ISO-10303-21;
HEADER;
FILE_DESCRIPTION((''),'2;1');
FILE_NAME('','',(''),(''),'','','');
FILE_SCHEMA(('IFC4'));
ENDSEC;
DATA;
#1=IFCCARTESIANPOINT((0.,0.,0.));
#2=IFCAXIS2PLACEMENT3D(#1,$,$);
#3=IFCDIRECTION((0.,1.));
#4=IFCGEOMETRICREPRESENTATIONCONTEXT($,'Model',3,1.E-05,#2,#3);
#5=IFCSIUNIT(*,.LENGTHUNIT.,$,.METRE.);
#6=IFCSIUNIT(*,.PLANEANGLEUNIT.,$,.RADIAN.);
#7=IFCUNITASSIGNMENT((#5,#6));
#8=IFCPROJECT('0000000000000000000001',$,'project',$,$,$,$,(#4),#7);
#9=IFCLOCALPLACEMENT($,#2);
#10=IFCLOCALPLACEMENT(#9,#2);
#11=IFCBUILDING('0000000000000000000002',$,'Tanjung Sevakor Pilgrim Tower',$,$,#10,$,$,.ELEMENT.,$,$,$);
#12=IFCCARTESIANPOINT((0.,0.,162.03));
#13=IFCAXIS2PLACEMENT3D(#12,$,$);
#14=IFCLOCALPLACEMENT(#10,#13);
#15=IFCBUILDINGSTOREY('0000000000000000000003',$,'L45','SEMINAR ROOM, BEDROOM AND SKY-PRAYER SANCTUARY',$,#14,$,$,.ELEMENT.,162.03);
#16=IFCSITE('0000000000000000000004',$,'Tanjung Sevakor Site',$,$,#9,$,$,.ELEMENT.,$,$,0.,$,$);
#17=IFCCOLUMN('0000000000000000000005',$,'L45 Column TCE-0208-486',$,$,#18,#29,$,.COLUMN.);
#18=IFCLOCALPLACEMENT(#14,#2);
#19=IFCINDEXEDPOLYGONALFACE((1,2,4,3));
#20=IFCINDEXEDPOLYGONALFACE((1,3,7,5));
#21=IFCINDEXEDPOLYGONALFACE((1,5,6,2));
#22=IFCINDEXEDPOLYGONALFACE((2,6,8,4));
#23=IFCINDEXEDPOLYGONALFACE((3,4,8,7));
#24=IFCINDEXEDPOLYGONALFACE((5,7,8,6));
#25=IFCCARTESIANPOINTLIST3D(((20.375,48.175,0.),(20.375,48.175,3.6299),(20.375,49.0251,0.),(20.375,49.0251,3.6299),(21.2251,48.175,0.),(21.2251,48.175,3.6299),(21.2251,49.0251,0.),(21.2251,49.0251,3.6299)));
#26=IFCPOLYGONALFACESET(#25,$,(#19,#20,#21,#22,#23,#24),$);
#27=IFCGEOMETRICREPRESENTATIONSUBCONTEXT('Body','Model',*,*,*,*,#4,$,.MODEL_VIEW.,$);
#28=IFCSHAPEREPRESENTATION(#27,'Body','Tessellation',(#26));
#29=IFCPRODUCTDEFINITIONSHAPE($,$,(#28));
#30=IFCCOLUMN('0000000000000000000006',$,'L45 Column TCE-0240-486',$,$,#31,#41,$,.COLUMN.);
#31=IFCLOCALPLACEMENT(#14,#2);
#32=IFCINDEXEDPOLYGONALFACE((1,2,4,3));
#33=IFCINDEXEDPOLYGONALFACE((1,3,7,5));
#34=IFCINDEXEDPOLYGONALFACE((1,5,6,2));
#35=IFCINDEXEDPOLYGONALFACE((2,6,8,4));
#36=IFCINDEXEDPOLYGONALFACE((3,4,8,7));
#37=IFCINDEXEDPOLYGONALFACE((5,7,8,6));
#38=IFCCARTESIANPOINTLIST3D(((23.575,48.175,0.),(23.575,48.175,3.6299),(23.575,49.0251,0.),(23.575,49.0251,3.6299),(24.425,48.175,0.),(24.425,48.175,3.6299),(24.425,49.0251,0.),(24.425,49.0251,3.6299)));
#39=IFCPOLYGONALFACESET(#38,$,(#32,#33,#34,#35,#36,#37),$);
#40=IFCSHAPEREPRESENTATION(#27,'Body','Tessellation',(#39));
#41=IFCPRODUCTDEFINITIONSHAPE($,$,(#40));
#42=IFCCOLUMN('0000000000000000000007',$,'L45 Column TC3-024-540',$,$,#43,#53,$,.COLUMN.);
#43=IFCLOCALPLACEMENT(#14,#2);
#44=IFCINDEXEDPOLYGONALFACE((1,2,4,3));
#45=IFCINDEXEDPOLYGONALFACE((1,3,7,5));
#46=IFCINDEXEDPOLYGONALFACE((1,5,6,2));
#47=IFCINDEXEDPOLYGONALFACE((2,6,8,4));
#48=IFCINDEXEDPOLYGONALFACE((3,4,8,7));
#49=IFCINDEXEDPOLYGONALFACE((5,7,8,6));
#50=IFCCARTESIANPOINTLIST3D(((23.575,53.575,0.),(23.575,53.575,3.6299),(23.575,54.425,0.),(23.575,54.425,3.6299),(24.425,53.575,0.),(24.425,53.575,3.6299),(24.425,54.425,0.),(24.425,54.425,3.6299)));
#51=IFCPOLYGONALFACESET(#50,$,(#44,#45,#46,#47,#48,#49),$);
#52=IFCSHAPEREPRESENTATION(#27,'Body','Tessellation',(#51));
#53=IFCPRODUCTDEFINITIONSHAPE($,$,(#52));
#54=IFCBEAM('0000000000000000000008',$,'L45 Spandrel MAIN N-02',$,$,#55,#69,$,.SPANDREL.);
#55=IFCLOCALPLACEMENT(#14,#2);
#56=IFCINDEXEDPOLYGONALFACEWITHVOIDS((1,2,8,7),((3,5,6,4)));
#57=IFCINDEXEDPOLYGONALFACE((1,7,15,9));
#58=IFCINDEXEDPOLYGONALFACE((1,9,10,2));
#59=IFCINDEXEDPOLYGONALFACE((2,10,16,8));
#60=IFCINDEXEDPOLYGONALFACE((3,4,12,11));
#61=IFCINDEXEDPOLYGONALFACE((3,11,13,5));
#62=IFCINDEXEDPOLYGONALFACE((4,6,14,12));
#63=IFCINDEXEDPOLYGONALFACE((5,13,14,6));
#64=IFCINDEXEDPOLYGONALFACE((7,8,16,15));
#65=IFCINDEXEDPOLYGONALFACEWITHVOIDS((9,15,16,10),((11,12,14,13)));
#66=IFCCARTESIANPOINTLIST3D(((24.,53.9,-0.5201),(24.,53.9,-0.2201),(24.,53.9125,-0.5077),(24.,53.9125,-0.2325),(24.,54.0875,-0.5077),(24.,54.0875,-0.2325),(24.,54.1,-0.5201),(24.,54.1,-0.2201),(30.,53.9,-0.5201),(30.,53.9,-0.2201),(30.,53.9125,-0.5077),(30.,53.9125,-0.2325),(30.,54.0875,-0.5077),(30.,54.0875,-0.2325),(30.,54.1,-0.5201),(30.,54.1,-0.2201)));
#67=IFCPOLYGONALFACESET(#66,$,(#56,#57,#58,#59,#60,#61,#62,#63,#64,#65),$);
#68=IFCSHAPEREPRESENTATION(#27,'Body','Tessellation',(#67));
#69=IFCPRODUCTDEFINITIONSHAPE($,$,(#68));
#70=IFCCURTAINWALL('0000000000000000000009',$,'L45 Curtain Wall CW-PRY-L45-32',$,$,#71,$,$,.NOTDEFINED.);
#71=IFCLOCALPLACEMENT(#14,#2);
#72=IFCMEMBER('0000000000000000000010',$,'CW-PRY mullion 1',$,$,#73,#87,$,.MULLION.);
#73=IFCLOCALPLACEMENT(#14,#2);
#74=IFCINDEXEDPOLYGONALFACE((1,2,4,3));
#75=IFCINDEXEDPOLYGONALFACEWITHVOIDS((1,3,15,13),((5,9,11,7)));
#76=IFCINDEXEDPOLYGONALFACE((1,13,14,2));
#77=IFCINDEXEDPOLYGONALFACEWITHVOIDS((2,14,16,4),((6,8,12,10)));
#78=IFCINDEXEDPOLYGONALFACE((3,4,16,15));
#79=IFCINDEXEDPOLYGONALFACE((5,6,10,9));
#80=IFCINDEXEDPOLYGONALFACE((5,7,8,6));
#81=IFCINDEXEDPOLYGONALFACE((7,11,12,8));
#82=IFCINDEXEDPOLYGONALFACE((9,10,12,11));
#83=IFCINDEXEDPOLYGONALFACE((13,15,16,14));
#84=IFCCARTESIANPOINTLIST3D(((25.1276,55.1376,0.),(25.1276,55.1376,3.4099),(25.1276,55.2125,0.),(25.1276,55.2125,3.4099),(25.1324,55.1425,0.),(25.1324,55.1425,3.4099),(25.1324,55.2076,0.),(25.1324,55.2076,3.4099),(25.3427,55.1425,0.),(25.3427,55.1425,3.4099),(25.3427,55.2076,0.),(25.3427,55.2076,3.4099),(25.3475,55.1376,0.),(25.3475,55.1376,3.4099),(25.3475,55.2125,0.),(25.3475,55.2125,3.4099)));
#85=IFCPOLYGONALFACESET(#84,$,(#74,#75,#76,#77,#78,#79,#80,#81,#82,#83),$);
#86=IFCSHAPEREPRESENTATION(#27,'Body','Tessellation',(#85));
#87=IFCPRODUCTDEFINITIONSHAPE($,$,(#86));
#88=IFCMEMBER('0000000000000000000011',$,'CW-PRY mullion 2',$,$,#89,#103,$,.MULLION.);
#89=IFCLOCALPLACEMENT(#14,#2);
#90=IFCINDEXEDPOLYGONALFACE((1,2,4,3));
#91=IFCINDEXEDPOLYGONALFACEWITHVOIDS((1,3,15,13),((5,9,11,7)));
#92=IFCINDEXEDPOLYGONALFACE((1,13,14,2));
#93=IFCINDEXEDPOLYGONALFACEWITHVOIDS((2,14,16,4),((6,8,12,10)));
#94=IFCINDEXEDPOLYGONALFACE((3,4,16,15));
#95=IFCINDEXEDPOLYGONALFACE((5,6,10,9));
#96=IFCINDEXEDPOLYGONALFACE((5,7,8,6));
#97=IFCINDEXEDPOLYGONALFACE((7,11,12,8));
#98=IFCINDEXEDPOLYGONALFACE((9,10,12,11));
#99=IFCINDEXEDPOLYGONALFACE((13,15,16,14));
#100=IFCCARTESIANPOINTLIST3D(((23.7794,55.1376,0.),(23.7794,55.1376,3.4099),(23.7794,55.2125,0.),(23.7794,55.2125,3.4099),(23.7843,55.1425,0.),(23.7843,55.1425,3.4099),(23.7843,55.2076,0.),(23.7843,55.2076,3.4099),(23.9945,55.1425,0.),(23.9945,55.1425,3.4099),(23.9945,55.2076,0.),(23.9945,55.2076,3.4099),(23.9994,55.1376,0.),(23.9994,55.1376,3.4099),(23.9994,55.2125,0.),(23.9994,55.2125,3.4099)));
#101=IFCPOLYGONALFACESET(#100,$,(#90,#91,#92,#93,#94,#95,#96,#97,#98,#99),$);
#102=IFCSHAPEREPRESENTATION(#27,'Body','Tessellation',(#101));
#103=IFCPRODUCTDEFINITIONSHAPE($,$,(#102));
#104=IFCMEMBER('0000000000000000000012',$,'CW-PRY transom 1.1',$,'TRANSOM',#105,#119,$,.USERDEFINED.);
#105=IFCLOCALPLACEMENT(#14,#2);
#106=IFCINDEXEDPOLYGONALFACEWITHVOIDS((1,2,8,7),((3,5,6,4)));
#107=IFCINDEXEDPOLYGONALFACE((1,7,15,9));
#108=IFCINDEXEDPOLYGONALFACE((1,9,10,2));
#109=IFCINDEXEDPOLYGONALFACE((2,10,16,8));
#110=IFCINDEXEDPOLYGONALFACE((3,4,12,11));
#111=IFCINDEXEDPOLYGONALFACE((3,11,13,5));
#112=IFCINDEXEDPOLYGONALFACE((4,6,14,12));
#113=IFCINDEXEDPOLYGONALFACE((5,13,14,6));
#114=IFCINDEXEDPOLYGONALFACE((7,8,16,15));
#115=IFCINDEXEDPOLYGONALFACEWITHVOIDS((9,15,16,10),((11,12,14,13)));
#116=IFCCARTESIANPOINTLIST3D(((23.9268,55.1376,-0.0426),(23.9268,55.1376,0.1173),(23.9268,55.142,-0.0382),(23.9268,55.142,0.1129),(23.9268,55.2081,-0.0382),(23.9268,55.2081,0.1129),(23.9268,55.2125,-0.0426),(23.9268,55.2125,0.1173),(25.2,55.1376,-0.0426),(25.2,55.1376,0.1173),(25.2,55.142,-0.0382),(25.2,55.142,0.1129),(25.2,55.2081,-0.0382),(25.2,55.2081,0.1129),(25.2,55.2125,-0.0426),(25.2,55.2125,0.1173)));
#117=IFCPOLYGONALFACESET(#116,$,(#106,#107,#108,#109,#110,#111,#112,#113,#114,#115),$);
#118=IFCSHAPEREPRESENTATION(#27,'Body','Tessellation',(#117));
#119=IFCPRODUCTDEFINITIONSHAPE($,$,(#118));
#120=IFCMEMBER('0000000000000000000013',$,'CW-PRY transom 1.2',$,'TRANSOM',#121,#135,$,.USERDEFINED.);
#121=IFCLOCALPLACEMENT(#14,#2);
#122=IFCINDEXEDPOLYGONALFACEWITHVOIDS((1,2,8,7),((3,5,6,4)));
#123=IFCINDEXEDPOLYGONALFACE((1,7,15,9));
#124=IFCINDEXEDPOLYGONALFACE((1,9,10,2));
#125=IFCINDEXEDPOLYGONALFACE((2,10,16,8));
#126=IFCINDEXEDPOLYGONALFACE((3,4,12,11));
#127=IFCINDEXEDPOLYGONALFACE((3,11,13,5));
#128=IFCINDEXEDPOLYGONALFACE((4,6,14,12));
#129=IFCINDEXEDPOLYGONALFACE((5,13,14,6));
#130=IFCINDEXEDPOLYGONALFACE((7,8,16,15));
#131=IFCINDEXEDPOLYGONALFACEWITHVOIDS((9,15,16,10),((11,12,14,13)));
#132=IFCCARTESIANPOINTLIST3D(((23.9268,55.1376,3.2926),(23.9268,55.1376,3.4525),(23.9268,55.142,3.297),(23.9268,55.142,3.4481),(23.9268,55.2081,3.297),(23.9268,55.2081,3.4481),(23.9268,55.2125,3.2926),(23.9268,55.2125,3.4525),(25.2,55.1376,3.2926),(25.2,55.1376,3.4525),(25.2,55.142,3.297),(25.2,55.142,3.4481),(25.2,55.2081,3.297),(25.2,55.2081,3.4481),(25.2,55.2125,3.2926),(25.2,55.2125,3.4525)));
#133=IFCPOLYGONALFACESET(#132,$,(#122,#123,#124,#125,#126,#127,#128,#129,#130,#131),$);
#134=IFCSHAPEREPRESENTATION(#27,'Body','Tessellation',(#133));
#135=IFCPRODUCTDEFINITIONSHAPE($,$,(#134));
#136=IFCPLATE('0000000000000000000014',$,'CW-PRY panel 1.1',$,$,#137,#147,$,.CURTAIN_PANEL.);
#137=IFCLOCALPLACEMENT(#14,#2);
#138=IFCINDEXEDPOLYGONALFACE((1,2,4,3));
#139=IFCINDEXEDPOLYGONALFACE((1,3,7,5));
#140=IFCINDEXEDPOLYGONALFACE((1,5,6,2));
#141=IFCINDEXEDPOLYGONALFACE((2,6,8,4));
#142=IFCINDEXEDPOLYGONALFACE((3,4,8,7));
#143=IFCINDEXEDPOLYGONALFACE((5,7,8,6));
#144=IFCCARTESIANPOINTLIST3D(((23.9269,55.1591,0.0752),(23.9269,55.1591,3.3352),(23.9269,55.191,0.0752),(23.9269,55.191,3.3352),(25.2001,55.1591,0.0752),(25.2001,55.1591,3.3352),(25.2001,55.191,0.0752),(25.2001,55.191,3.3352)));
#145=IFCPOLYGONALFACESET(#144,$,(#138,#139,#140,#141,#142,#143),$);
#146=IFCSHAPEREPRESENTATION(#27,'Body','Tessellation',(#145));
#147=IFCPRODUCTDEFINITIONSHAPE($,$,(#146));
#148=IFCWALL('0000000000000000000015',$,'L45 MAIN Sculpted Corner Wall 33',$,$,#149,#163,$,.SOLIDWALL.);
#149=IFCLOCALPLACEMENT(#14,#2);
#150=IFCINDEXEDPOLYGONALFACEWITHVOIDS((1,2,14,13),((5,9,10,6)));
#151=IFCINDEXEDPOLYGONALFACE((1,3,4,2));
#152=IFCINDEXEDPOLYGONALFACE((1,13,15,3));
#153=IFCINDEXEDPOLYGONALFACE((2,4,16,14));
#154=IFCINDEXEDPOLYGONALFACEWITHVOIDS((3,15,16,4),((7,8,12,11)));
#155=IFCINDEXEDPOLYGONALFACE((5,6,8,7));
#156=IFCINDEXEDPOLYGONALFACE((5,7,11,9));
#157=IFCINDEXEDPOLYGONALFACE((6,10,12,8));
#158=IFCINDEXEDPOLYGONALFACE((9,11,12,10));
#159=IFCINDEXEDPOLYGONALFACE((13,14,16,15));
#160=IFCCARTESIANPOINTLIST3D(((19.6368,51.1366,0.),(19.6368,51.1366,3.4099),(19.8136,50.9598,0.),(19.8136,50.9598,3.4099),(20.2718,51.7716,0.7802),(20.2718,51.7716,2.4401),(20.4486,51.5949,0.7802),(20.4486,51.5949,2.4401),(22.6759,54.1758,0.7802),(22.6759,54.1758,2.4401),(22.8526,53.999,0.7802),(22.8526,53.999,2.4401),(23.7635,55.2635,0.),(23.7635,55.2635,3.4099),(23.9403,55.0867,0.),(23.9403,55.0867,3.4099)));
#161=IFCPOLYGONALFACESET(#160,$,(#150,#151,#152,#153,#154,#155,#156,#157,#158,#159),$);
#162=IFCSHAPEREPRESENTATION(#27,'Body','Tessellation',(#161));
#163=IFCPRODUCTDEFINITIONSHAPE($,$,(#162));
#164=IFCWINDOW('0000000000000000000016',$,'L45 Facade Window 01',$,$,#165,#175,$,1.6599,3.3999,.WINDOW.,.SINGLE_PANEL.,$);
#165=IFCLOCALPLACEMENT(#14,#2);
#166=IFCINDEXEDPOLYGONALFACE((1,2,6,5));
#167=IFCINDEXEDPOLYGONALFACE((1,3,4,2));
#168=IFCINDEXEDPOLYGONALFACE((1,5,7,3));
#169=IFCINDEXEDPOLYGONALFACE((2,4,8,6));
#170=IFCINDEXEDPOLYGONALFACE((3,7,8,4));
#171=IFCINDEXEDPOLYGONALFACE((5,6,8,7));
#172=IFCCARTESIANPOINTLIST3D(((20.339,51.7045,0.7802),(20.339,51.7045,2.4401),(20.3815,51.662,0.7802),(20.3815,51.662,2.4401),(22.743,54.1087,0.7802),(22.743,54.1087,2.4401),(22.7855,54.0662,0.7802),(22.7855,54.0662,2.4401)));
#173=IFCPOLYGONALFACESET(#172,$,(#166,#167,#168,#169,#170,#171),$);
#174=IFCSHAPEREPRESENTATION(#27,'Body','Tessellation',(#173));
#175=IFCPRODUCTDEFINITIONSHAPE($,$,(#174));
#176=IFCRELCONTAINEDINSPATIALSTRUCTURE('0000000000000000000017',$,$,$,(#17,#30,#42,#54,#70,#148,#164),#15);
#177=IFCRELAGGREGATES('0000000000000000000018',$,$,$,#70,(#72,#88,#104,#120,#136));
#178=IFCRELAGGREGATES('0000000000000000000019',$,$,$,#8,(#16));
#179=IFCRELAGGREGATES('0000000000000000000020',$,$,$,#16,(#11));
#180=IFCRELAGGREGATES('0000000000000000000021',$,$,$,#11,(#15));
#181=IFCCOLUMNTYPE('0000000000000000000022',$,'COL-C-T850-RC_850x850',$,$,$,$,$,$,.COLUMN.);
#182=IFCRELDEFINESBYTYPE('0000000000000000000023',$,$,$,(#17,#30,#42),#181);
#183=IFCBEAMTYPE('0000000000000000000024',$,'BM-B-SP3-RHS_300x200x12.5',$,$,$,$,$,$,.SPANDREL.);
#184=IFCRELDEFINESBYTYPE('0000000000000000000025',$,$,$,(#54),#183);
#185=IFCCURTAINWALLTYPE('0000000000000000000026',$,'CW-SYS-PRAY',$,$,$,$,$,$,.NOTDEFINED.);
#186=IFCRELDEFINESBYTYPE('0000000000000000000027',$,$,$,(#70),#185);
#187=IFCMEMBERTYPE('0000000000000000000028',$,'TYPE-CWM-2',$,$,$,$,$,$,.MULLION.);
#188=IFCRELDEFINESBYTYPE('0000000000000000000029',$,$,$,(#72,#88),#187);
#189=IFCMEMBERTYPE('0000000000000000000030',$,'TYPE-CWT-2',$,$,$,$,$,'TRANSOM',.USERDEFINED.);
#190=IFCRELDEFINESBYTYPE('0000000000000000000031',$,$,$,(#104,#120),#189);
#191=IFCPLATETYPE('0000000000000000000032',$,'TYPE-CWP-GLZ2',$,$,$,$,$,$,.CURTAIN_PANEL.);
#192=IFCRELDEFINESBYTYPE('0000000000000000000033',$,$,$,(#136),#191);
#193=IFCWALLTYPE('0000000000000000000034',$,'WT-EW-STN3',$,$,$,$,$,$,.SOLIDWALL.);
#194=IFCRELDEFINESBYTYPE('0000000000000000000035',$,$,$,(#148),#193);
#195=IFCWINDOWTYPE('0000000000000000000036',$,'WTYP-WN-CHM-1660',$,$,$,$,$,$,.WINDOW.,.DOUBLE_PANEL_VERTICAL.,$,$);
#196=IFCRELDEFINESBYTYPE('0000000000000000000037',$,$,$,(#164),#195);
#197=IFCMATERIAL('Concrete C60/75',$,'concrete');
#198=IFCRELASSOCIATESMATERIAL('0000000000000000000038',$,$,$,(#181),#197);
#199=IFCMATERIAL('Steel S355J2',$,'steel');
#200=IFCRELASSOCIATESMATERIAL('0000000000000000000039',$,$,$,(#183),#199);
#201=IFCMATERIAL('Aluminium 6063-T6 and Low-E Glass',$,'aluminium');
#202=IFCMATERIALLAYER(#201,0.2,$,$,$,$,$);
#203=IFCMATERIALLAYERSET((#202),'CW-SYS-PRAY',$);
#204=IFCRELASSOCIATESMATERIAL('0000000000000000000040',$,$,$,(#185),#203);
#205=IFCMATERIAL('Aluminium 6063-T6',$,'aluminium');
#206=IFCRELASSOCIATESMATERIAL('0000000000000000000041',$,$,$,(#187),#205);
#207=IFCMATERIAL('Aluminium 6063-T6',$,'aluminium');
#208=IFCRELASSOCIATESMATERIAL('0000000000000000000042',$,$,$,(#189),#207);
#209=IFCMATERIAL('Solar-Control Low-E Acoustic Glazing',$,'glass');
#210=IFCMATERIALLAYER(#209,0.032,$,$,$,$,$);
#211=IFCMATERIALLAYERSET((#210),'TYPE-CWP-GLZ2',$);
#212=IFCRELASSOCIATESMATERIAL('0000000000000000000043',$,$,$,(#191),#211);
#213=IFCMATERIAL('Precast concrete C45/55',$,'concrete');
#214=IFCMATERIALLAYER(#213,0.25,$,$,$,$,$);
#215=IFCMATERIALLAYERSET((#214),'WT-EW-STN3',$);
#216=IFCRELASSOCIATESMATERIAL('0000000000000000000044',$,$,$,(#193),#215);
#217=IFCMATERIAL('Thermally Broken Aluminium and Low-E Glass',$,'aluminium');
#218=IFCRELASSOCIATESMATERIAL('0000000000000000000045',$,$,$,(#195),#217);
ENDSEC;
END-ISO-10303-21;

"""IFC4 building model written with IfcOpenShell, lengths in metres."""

from ifc_helpers import new_model, si_unit, direction, frame, frame_2d, origin, origin_2d, place, context, subcontext, project, spatial, rectangle, hollow_rectangle, extrude, material, layer, layer_set, material_profile, profile_set, type_object, element, fill, aggregate, save


model = new_model("IFC4")

# Units and contexts
model_context = context("Model", 3, precision=1e-05, world=origin(), true_north=direction((0.0, 1.0)))
body_context = subcontext(model_context, "Body", "Model", "MODEL_VIEW")
ifc_project = project(units=[si_unit("LENGTHUNIT", "METRE"), si_unit("PLANEANGLEUNIT", "RADIAN")], contexts=[model_context])

# Site, building, storey
site_placement = place(None, origin())
site = spatial("IfcSite", under=ifc_project, at=site_placement, Name="Tanjung Sevakor Site", CompositionType="ELEMENT", RefElevation=0.0)
building_placement = place(site_placement, origin())
building = spatial("IfcBuilding", under=site, at=building_placement, Name="Tanjung Sevakor Pilgrim Tower", CompositionType="ELEMENT")
storey_placement = place(building_placement, frame((0.0, 0.0, 162.03)))
storey = spatial("IfcBuildingStorey", under=building, at=storey_placement, Name="L45", Description="SEMINAR ROOM, BEDROOM AND SKY-PRAYER SANCTUARY", CompositionType="ELEMENT", Elevation=162.03)

# Columns
ifc_material_1 = material(Name="Concrete C60/75", Category="concrete")
ifc_material_profile_1 = material_profile(ifc_material_1, rectangle(XDim=0.8501, YDim=0.8501, at=origin_2d()))
ifc_profile_set_1 = profile_set([ifc_material_profile_1], Name="Concrete C60/75")
column_type = type_object("IfcColumnType", Name="COL-C-T850-RC_850x850", PredefinedType="COLUMN", material=ifc_profile_set_1)
for number, where, z_axis, x_axis, name in (
    (1, (20.8, 48.6001, 0.0), (0.0, 0.0, 1.0), (1.0, 0.0, 0.0), "L45 Column TCE-0208-486"),
    (2, (24.0, 48.6001, 0.0), (0.0, 0.0, 1.0), (1.0, 0.0, 0.0), "L45 Column TCE-0240-486"),
    (3, (24.0, 54.0, 0.0), (0.0, 0.0, 1.0), (1.0, 0.0, 0.0), "L45 Column TC3-024-540"),
):
    element("IfcColumn", number, at=place(storey_placement, frame(where, z_axis=z_axis, x_axis=x_axis)), inside=storey, type_object=column_type, Name=name, PredefinedType="COLUMN", context=body_context, shape_type="SweptSolid", body=[
        extrude(rectangle(XDim=0.8501, YDim=0.8501, at=origin_2d()), origin(), (0.0, 0.0, 1.0), 3.6299),
    ])

# Beam
ifc_material_2 = material(Name="Steel S355J2", Category="steel")
ifc_material_profile_2 = material_profile(ifc_material_2, hollow_rectangle(XDim=0.2, YDim=0.3, WallThickness=0.0125, at=origin_2d()))
ifc_profile_set_2 = profile_set([ifc_material_profile_2], Name="Steel S355J2")
beam_type = type_object("IfcBeamType", Name="BM-B-SP3-RHS_300x200x12.5", PredefinedType="SPANDREL", material=ifc_profile_set_2)
beam_placement = place(storey_placement, frame((24.0, 54.0, -0.3701), z_axis=(1.0, 0.0, 0.0), x_axis=(0.0, 1.0, 0.0)))
element("IfcBeam", 4, at=beam_placement, inside=storey, type_object=beam_type, Name="L45 Spandrel MAIN N-02", PredefinedType="SPANDREL", context=body_context, shape_type="SweptSolid", body=[
    extrude(hollow_rectangle(XDim=0.2, YDim=0.3, WallThickness=0.0125, at=origin_2d()), origin(), (0.0, 0.0, 1.0), 6.0),
])

# Curtain wall, members, plate
ifc_material_3 = material(Name="Aluminium 6063-T6 and Low-E Glass", Category="aluminium")
ifc_layer_1 = layer(ifc_material_3, 0.2)
ifc_layer_set_1 = layer_set([ifc_layer_1], Name="CW-SYS-PRAY")
curtain_wall_type = type_object("IfcCurtainWallType", Name="CW-SYS-PRAY", PredefinedType="NOTDEFINED", material=ifc_layer_set_1)
curtain_wall_placement = place(storey_placement, origin())
curtain_wall = element("IfcCurtainWall", 5, at=curtain_wall_placement, inside=storey, type_object=curtain_wall_type, Name="L45 Curtain Wall CW-PRY-L45-32", PredefinedType="NOTDEFINED")
ifc_material_4 = material(Name="Aluminium 6063-T6", Category="aluminium")
ifc_material_profile_3 = material_profile(ifc_material_4, hollow_rectangle(XDim=0.075, YDim=0.22, WallThickness=0.0049, at=origin_2d()))
ifc_profile_set_3 = profile_set([ifc_material_profile_3], Name="Aluminium 6063-T6")
member_type_1 = type_object("IfcMemberType", Name="TYPE-CWM-2", PredefinedType="MULLION", material=ifc_profile_set_3)
member_1_placement = place(storey_placement, frame((25.2375, 55.175, 0.0), z_axis=(0.0, 0.0, 1.0), x_axis=(0.0, -1.0, 0.0)))
member_1 = element("IfcMember", 6, at=member_1_placement, type_object=member_type_1, Name="CW-PRY mullion 1", PredefinedType="MULLION", context=body_context, shape_type="SweptSolid", body=[
    extrude(hollow_rectangle(XDim=0.075, YDim=0.22, WallThickness=0.0049, at=origin_2d()), origin(), (0.0, 0.0, 1.0), 3.4099),
])
member_2_placement = place(storey_placement, frame((23.8894, 55.175, 0.0), z_axis=(0.0, 0.0, 1.0), x_axis=(0.0, -1.0, 0.0)))
member_2 = element("IfcMember", 7, at=member_2_placement, type_object=member_type_1, Name="CW-PRY mullion 2", PredefinedType="MULLION", context=body_context, shape_type="SweptSolid", body=[
    extrude(hollow_rectangle(XDim=0.075, YDim=0.22, WallThickness=0.0049, at=origin_2d()), origin(), (0.0, 0.0, 1.0), 3.4099),
])
ifc_material_5 = material(Name="Aluminium 6063-T6", Category="aluminium")
ifc_material_profile_4 = material_profile(ifc_material_5, hollow_rectangle(XDim=0.075, YDim=0.1599, WallThickness=0.0044, at=origin_2d()))
ifc_profile_set_4 = profile_set([ifc_material_profile_4], Name="Aluminium 6063-T6")
member_type_2 = type_object("IfcMemberType", Name="TYPE-CWT-2", ElementType="TRANSOM", PredefinedType="USERDEFINED", material=ifc_profile_set_4)
member_3_placement = place(storey_placement, frame((25.2, 55.175, 0.0374), z_axis=(-1.0, 0.0, 0.0), x_axis=(0.0, -1.0, 0.0)))
member_3 = element("IfcMember", 8, at=member_3_placement, type_object=member_type_2, Name="CW-PRY transom 1.1", ObjectType="TRANSOM", PredefinedType="USERDEFINED", context=body_context, shape_type="SweptSolid", body=[
    extrude(hollow_rectangle(XDim=0.075, YDim=0.1599, WallThickness=0.0044, at=origin_2d()), origin(), (0.0, 0.0, 1.0), 1.2732),
])
member_4_placement = place(storey_placement, frame((25.2, 55.175, 3.3726), z_axis=(-1.0, 0.0, 0.0), x_axis=(0.0, -1.0, 0.0)))
member_4 = element("IfcMember", 9, at=member_4_placement, type_object=member_type_2, Name="CW-PRY transom 1.2", ObjectType="TRANSOM", PredefinedType="USERDEFINED", context=body_context, shape_type="SweptSolid", body=[
    extrude(hollow_rectangle(XDim=0.075, YDim=0.1599, WallThickness=0.0044, at=origin_2d()), origin(), (0.0, 0.0, 1.0), 1.2732),
])
ifc_material_6 = material(Name="Solar-Control Low-E Acoustic Glazing", Category="glass")
ifc_layer_2 = layer(ifc_material_6, 0.032)
ifc_layer_set_2 = layer_set([ifc_layer_2], Name="TYPE-CWP-GLZ2")
plate_type = type_object("IfcPlateType", Name="TYPE-CWP-GLZ2", PredefinedType="CURTAIN_PANEL", material=ifc_layer_set_2)
plate_placement = place(storey_placement, frame((24.5635, 55.175, 0.0752), z_axis=(0.0, 0.0, 1.0), x_axis=(-1.0, 0.0, 0.0)))
plate = element("IfcPlate", 10, at=plate_placement, type_object=plate_type, Name="CW-PRY panel 1.1", PredefinedType="CURTAIN_PANEL", context=body_context, shape_type="SweptSolid", body=[
    extrude(rectangle(XDim=1.2732, YDim=0.032, at=origin_2d()), origin(), (0.0, 0.0, 1.0), 3.26),
])
aggregate(curtain_wall, [member_1, member_2, member_3, member_4, plate])

# Wall, opening, window
ifc_material_7 = material(Name="Precast concrete C45/55", Category="concrete")
ifc_layer_3 = layer(ifc_material_7, 0.25)
ifc_layer_set_3 = layer_set([ifc_layer_3], Name="WT-EW-STN3")
wall_type = type_object("IfcWallType", Name="WT-EW-STN3", PredefinedType="SOLIDWALL", material=ifc_layer_set_3)
wall_1_placement = place(storey_placement, frame((23.8518, 55.175, 0.0), z_axis=(0.0, 0.0, 1.0), x_axis=(-0.707086, -0.707128, 0.0)))
wall_1 = element("IfcWall", 11, at=wall_1_placement, inside=storey, type_object=wall_type, Name="L45 MAIN Sculpted Corner Wall 33", PredefinedType="SOLIDWALL", context=body_context, shape_type="SweptSolid", body=[
    extrude(rectangle(XDim=5.8362, YDim=0.25, at=frame_2d((2.918, 0.0))), origin(), (0.0, 0.0, 1.0), 3.4099),
])
opening_1_placement = place(wall_1_placement, frame((1.5381, 0.0, 0.78)))
opening_1 = element("IfcOpeningElement", 12, at=opening_1_placement, cuts=wall_1, PredefinedType="OPENING", context=body_context, shape_type="SweptSolid", body=[
    extrude(rectangle(XDim=3.3999, YDim=1.6599, at=frame_2d((1.7, 0.8301))), frame((0.0, 0.135, 0.0), z_axis=(0.0, -1.0, 0.0), x_axis=(1.0, 0.0, 0.0)), (0.0, 0.0, 1.0), 0.27),
])
ifc_material_8 = material(Name="Thermally Broken Aluminium and Low-E Glass", Category="aluminium")
window_type_1 = type_object("IfcWindowType", Name="WTYP-WN-CHM-1660", PartitioningType="DOUBLE_PANEL_VERTICAL", PredefinedType="WINDOW", material=ifc_material_8)
window_1_placement = place(opening_1_placement, origin())
window_1 = element("IfcWindow", 13, at=window_1_placement, inside=storey, type_object=window_type_1, Name="L45 Facade Window 01", OverallHeight=1.6599, OverallWidth=3.3999, PartitioningType="SINGLE_PANEL", PredefinedType="WINDOW", context=body_context, shape_type="SweptSolid", body=[
    extrude(rectangle(XDim=3.3999, YDim=1.6599, at=frame_2d((1.7, 0.8301))), frame((0.0, 0.03, 0.0), z_axis=(0.0, -1.0, 0.0), x_axis=(1.0, 0.0, 0.0)), (0.0, 0.0, 1.0), 0.0601),
])
fill(opening_1, window_1)

save(model, "model.ifc")
